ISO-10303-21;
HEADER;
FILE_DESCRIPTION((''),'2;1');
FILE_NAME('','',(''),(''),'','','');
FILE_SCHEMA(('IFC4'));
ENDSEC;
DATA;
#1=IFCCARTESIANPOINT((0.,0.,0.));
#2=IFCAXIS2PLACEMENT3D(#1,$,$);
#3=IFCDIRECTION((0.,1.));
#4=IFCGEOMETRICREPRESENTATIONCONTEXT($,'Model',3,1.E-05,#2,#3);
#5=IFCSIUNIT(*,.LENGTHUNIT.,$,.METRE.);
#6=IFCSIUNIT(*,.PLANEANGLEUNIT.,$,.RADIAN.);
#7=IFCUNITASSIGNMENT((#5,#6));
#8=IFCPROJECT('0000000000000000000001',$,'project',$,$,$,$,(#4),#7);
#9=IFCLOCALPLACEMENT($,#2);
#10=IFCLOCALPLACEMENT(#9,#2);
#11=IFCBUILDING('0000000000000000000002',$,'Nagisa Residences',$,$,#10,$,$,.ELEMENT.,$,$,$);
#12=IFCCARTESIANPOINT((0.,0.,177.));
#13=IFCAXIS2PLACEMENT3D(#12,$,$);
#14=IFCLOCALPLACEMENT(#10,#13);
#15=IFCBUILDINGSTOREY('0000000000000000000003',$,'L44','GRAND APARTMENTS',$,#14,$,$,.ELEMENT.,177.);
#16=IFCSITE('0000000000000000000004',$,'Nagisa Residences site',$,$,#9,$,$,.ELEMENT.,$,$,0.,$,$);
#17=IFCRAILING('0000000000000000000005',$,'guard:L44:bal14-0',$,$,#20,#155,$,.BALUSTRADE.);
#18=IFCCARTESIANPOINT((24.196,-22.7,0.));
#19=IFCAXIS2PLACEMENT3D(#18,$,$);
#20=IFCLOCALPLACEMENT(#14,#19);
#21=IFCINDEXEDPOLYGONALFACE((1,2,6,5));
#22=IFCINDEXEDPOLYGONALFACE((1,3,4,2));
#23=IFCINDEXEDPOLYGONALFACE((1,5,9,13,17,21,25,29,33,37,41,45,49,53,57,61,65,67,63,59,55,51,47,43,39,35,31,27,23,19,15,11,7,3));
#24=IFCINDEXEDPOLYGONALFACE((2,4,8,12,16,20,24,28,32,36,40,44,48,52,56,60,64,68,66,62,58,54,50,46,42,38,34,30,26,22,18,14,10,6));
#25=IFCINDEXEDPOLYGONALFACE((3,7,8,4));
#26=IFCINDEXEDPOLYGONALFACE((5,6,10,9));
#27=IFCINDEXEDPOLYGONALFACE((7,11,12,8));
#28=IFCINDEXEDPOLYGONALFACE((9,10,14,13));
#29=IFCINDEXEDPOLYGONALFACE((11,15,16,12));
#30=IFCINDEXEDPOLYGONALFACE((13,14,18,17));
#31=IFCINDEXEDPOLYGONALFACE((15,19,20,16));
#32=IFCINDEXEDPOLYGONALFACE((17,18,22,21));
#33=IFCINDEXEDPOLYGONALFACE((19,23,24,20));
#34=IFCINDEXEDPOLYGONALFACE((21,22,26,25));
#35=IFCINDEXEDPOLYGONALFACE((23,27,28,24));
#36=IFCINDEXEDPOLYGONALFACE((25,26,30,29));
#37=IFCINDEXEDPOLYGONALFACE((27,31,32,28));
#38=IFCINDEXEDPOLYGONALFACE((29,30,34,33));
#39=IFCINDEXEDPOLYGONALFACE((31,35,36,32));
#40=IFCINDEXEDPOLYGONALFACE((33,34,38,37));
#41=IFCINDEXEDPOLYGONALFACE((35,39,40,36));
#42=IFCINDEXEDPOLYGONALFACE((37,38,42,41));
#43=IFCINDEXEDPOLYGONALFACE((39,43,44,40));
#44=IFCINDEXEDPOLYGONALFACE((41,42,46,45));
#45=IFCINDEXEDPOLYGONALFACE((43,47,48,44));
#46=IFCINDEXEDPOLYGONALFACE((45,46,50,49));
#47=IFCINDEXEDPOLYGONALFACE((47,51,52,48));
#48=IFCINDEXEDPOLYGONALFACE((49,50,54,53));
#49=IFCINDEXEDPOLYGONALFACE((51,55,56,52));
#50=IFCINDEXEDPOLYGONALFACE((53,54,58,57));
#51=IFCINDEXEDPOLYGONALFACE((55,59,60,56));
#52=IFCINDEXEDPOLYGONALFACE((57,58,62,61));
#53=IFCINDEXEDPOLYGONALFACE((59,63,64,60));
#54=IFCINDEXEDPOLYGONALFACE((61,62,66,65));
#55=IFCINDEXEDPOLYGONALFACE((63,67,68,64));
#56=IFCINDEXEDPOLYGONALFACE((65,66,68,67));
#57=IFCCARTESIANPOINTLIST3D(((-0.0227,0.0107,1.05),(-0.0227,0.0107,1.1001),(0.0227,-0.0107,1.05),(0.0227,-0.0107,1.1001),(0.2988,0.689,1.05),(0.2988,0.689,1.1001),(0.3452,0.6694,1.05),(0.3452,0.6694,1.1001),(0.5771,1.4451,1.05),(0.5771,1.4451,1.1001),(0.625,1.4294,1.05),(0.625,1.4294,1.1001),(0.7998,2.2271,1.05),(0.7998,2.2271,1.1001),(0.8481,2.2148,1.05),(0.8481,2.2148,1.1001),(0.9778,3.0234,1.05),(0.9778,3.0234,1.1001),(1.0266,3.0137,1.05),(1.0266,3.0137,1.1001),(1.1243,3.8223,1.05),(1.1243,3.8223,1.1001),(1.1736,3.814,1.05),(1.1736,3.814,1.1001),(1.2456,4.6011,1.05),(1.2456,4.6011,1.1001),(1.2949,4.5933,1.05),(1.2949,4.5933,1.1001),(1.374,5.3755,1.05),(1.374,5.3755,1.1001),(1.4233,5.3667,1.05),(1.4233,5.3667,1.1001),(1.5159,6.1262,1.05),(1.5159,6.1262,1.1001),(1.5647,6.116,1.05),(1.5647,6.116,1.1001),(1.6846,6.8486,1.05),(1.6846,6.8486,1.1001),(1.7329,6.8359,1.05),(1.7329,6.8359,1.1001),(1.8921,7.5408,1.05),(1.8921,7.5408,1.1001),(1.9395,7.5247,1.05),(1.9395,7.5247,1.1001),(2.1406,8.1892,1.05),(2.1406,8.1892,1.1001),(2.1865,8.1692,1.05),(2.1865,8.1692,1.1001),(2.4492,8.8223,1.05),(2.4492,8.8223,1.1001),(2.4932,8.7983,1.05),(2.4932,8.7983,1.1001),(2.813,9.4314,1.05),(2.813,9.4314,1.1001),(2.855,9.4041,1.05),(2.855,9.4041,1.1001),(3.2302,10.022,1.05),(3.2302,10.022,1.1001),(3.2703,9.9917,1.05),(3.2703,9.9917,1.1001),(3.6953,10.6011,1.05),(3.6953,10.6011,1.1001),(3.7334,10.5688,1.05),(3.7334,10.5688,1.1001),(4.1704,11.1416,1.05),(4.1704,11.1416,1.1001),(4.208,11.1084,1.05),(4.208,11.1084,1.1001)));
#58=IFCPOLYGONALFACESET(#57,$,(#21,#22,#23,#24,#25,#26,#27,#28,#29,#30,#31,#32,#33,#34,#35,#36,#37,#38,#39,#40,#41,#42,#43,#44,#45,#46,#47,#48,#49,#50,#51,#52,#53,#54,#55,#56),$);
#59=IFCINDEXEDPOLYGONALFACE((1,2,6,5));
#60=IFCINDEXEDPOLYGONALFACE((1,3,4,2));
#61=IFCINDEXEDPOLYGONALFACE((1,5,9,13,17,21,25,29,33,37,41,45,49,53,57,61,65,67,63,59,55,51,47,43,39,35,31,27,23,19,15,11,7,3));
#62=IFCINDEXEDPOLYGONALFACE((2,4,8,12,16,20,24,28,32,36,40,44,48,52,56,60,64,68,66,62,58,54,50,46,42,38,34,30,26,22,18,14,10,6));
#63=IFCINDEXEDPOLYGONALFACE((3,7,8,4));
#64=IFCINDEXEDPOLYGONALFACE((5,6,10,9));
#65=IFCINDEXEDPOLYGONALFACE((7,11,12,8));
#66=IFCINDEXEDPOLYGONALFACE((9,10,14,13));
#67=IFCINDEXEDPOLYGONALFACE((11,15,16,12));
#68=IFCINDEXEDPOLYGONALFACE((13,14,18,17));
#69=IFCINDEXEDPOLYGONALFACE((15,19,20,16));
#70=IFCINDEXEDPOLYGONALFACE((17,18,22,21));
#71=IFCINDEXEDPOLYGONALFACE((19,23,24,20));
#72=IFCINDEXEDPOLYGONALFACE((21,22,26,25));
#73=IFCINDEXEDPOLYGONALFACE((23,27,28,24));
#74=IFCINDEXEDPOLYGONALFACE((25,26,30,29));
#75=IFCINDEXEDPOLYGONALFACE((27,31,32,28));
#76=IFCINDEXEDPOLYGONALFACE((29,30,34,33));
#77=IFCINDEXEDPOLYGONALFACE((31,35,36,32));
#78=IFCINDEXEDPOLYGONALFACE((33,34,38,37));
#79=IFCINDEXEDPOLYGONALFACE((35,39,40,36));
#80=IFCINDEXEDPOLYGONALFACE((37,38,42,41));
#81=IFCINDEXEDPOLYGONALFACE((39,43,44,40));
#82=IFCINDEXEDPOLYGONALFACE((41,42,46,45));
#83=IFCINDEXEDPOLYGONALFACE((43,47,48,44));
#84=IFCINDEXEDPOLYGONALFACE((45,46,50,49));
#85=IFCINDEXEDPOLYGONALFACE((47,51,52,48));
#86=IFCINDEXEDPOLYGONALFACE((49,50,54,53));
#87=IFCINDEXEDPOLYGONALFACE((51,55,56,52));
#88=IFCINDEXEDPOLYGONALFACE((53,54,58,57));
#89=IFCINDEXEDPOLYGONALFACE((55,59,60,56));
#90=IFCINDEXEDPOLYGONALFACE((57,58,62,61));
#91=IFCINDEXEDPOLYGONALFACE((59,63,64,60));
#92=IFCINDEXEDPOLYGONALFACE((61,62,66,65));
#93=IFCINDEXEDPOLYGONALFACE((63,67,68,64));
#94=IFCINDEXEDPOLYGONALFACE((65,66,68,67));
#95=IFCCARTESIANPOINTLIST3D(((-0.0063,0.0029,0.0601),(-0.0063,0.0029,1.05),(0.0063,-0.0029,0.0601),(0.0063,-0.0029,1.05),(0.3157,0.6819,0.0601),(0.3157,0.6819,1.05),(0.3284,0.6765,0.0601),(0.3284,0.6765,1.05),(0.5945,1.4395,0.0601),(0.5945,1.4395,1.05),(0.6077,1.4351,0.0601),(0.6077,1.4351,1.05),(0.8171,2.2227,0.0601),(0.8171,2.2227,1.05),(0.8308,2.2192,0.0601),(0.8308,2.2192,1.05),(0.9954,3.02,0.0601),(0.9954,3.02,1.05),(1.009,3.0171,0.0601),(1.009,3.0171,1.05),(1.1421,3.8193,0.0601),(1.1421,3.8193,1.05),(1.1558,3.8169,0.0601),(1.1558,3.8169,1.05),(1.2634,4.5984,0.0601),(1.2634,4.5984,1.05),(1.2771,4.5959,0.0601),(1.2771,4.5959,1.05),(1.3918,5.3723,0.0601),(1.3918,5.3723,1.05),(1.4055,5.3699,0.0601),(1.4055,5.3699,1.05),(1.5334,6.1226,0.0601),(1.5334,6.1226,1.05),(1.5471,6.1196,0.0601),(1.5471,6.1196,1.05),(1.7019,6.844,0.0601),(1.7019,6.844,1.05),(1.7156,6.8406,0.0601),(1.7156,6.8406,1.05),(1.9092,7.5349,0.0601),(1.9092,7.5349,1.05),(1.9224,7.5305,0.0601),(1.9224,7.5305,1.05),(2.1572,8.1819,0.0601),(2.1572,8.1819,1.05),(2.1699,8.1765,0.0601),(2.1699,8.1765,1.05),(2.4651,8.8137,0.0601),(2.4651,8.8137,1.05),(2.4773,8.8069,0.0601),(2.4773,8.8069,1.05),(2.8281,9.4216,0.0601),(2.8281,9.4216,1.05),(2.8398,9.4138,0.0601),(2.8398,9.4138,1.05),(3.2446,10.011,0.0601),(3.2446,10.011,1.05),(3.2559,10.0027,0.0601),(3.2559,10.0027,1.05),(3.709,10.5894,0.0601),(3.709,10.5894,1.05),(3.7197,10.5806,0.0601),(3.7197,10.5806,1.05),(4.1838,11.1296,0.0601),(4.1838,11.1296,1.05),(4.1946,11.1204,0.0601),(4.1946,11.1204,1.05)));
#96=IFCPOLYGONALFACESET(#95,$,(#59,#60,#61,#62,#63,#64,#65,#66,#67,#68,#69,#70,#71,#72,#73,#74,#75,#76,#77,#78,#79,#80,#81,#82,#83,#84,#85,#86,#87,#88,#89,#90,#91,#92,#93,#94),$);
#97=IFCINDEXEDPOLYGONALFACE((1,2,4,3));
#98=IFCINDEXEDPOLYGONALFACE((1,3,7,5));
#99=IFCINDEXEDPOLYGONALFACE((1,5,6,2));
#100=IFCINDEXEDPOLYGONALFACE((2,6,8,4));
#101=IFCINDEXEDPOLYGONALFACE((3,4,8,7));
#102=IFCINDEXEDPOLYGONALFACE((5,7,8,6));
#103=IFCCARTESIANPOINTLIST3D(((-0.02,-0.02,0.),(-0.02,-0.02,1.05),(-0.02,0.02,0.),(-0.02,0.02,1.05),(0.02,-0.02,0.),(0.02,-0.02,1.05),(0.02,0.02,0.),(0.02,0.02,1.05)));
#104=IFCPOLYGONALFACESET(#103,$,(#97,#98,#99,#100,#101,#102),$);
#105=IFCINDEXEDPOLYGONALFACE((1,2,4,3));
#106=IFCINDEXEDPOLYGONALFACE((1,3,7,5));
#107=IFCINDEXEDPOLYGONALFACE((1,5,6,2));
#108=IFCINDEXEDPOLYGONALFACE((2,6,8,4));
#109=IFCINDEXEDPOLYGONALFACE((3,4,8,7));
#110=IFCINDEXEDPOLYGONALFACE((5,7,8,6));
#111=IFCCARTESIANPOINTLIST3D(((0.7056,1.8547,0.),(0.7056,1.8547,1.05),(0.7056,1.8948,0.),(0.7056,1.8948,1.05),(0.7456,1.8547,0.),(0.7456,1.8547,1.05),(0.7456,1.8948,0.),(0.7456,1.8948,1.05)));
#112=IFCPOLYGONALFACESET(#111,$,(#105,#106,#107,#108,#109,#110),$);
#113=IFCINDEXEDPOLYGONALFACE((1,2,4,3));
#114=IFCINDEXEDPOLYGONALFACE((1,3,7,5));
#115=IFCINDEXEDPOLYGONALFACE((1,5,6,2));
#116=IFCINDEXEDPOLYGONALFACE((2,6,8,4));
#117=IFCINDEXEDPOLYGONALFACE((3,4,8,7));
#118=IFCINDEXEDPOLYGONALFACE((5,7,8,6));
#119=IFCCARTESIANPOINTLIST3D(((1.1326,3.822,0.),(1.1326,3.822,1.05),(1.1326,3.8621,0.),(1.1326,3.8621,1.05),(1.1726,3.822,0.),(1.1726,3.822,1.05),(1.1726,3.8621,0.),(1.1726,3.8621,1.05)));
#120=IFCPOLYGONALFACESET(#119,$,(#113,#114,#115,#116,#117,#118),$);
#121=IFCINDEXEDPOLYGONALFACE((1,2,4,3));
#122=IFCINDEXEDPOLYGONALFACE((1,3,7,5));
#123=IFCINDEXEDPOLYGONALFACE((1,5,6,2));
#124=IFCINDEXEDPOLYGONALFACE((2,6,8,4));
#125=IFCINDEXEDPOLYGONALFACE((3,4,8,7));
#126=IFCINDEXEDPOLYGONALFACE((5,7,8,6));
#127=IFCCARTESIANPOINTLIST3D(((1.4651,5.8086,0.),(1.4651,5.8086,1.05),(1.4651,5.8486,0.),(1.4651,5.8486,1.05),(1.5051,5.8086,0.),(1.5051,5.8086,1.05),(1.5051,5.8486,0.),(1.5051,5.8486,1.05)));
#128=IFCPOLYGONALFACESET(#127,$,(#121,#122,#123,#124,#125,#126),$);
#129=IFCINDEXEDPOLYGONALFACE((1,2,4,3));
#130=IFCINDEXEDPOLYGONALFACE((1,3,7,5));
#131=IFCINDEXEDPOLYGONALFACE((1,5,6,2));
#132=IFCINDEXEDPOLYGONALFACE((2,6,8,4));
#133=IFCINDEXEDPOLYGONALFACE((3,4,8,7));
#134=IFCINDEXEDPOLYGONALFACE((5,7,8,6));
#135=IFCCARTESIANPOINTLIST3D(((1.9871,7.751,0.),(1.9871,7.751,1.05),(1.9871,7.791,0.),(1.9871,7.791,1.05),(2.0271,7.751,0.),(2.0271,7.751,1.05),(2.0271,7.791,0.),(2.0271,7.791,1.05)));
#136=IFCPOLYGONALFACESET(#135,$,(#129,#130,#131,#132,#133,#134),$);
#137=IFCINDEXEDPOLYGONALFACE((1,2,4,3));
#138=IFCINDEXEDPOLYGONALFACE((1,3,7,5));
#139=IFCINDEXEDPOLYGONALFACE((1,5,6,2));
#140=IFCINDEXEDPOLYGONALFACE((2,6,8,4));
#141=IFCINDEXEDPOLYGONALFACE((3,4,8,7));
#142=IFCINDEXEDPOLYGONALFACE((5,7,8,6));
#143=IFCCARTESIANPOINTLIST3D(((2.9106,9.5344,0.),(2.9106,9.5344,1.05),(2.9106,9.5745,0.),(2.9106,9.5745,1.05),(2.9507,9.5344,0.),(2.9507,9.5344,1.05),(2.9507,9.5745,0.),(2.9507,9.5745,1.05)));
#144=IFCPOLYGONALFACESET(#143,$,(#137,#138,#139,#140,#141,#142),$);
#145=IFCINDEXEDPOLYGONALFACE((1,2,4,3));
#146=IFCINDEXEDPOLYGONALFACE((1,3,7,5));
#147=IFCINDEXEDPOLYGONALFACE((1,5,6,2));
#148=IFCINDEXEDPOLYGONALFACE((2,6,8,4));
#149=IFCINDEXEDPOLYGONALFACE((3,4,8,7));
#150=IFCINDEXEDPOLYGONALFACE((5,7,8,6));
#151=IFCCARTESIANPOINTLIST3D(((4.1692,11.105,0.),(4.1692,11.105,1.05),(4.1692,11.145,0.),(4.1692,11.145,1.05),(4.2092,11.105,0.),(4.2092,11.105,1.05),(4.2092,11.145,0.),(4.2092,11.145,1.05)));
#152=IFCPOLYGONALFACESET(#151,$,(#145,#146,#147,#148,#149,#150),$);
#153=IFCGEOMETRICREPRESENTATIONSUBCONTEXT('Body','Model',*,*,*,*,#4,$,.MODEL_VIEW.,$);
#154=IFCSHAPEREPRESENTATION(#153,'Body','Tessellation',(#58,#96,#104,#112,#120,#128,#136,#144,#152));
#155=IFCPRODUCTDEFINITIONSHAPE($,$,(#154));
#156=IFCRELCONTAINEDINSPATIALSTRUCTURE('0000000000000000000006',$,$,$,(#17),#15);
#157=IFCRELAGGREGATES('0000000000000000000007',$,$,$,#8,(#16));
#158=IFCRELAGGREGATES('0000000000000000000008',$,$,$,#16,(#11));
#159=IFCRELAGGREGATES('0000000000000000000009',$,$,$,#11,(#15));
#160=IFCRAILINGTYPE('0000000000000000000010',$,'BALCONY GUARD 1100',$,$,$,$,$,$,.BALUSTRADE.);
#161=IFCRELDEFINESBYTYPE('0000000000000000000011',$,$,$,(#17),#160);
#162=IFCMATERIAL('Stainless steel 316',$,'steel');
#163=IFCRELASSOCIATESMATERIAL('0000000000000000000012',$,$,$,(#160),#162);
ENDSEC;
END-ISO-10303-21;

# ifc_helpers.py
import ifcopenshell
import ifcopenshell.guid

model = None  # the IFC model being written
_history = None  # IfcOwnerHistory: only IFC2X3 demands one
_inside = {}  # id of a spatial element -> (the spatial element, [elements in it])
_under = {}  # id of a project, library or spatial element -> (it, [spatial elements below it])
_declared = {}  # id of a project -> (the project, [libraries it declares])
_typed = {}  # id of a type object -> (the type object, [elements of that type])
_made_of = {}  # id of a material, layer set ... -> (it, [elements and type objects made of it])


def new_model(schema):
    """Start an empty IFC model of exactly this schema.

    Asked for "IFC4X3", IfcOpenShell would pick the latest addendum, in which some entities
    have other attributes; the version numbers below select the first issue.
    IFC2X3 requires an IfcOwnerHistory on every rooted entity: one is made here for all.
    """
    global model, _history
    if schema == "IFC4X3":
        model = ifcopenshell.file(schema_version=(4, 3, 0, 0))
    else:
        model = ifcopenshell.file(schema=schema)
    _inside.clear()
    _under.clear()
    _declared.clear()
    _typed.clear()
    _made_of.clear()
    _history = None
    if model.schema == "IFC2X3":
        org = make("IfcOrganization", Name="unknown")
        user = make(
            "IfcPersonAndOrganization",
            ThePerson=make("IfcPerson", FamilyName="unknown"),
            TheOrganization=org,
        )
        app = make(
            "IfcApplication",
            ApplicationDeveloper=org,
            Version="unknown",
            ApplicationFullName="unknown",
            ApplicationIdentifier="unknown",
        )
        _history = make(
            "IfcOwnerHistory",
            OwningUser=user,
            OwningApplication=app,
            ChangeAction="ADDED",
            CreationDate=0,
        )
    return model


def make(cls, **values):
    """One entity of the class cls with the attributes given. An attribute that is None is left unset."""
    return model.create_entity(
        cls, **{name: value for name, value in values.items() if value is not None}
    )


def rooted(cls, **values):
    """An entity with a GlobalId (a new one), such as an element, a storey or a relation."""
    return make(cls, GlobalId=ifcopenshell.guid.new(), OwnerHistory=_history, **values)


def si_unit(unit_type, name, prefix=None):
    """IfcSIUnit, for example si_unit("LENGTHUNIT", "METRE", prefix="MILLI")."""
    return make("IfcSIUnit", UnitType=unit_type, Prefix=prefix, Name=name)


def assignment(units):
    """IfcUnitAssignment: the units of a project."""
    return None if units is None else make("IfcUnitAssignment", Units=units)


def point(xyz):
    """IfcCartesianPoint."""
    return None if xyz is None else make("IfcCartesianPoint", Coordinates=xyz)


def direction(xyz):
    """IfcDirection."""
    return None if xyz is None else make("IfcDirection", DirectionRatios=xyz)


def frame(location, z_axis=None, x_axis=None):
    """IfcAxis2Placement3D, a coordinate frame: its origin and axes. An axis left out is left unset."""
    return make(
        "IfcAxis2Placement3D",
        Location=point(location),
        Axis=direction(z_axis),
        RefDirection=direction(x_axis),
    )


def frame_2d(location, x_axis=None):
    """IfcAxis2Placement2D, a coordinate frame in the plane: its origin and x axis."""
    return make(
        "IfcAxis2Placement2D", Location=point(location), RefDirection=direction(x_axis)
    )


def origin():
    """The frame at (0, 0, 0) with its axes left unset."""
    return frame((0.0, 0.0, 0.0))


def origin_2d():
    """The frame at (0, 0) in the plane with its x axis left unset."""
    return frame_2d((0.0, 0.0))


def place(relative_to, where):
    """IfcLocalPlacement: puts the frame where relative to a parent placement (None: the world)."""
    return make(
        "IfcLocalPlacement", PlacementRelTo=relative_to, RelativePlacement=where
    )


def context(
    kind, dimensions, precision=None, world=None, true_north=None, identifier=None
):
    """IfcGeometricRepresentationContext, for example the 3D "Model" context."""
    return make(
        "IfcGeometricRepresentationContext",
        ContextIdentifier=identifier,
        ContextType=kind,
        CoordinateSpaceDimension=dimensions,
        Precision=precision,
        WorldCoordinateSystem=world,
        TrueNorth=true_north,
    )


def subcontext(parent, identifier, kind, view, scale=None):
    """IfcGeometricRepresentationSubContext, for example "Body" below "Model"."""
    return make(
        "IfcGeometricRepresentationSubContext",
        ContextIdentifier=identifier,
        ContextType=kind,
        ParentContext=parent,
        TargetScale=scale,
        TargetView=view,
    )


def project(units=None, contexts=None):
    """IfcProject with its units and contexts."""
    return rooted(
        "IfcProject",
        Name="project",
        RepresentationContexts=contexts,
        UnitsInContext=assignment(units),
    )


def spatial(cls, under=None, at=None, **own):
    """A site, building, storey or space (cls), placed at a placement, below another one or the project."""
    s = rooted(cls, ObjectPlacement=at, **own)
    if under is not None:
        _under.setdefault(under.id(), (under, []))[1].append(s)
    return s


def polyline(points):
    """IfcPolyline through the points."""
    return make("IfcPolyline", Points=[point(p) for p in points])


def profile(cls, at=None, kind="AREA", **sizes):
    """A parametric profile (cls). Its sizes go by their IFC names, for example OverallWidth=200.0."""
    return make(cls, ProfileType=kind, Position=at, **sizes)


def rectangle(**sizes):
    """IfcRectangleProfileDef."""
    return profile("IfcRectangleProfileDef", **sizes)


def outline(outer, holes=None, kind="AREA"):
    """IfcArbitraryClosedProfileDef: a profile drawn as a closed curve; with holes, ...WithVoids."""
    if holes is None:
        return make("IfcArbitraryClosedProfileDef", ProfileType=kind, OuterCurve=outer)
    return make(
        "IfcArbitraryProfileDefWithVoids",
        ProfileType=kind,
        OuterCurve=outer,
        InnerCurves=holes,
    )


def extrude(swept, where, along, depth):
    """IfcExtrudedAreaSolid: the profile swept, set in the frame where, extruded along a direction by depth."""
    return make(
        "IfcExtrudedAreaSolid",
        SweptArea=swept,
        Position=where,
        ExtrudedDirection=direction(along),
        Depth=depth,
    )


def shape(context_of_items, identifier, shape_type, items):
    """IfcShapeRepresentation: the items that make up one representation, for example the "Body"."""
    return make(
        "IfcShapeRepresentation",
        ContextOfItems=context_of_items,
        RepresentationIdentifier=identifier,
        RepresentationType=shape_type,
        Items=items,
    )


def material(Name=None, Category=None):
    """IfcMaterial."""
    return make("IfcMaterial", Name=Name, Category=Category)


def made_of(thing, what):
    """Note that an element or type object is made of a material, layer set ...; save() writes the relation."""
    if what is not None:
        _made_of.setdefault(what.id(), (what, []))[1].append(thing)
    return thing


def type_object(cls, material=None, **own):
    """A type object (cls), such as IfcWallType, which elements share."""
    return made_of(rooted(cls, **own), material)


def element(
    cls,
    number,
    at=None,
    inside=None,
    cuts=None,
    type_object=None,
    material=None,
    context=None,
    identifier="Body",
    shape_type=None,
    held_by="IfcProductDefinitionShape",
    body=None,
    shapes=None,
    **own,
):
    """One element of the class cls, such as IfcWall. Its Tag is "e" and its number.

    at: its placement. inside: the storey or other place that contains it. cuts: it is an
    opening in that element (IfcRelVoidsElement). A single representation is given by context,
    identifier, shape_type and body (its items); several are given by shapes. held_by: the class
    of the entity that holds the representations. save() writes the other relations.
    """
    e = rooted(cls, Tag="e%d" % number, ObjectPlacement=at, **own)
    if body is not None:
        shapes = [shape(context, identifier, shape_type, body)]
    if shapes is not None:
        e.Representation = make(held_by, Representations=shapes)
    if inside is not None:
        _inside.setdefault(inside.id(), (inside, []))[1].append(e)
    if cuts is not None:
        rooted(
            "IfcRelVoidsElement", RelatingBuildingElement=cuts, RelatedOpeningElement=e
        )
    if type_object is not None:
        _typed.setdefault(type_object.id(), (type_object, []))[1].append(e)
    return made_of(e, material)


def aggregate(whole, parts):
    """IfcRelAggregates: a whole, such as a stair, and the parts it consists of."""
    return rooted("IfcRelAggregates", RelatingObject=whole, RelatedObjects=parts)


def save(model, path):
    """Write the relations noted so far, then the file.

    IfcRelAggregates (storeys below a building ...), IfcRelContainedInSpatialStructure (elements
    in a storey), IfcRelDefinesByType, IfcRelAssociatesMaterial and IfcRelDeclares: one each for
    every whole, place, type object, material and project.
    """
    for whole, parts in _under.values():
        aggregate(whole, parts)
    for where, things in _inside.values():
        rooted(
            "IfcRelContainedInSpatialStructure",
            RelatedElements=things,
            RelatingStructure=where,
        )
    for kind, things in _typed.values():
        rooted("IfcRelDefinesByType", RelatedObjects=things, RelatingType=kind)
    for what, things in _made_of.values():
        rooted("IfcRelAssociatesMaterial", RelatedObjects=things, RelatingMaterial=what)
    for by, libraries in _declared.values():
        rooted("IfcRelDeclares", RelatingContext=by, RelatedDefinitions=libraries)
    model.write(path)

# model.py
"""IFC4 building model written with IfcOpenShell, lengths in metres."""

from ifc_helpers import new_model, si_unit, direction, frame, origin, origin_2d, place, context, subcontext, project, spatial, polyline, rectangle, outline, extrude, material, type_object, element, save


model = new_model("IFC4")

# Units and contexts
model_context = context("Model", 3, precision=1e-05, world=origin(), true_north=direction((0.0, 1.0)))
body_context = subcontext(model_context, "Body", "Model", "MODEL_VIEW")
ifc_project = project(units=[si_unit("LENGTHUNIT", "METRE"), si_unit("PLANEANGLEUNIT", "RADIAN")], contexts=[model_context])

# Site, building, storey
site_placement = place(None, origin())
site = spatial("IfcSite", under=ifc_project, at=site_placement, Name="Nagisa Residences site", CompositionType="ELEMENT", RefElevation=0.0)
building_placement = place(site_placement, origin())
building = spatial("IfcBuilding", under=site, at=building_placement, Name="Nagisa Residences", CompositionType="ELEMENT")
storey_placement = place(building_placement, frame((0.0, 0.0, 177.0)))
storey = spatial("IfcBuildingStorey", under=building, at=storey_placement, Name="L44", Description="GRAND APARTMENTS", CompositionType="ELEMENT", Elevation=177.0)

# Railing
ifc_material_1 = material(Name="Stainless steel 316", Category="steel")
railing_type = type_object("IfcRailingType", Name="BALCONY GUARD 1100", PredefinedType="BALUSTRADE", material=ifc_material_1)
railing_1_placement = place(storey_placement, frame((24.196, -22.7, 0.0)))
element("IfcRailing", 1, at=railing_1_placement, inside=storey, type_object=railing_type, Name="guard:L44:bal14-0", PredefinedType="BALUSTRADE", context=body_context, shape_type="SweptSolid", body=[
    extrude(outline(polyline([(0.2988, 0.689), (-0.0227, 0.0107), (0.0227, -0.0107), (0.3452, 0.6694), (0.625, 1.4294), (0.8481, 2.2148), (1.0266, 3.0137), (1.1736, 3.814), (1.2949, 4.5933), (1.4233, 5.3667), (1.5647, 6.116), (1.7329, 6.8359), (1.9395, 7.5247), (2.1865, 8.1692), (2.4932, 8.7983), (2.855, 9.4041), (3.2703, 9.9917), (3.7334, 10.5688), (4.208, 11.1084), (4.1704, 11.1416), (3.6953, 10.6011), (3.2302, 10.022), (2.813, 9.4314), (2.4492, 8.8223), (2.1406, 8.1892), (1.8921, 7.5408), (1.6846, 6.8486), (1.5159, 6.1262), (1.374, 5.3755), (1.2456, 4.6011), (1.1243, 3.8223), (0.9778, 3.0234), (0.7998, 2.2271), (0.5771, 1.4451), (0.2988, 0.689)])), frame((0.0, 0.0, 1.05)), (0.0, 0.0, 1.0), 0.05),
    extrude(outline(polyline([(0.3157, 0.6819), (-0.0063, 0.0029), (0.0063, -0.0029), (0.3284, 0.6765), (0.6077, 1.4351), (0.8308, 2.2192), (1.009, 3.0171), (1.1558, 3.8169), (1.2771, 4.5959), (1.4055, 5.3699), (1.5471, 6.1196), (1.7156, 6.8406), (1.9224, 7.5305), (2.1699, 8.1765), (2.4773, 8.8069), (2.8398, 9.4138), (3.2559, 10.0027), (3.7197, 10.5806), (4.1946, 11.1204), (4.1838, 11.1296), (3.709, 10.5894), (3.2446, 10.011), (2.8281, 9.4216), (2.4651, 8.8137), (2.1572, 8.1819), (1.9092, 7.5349), (1.7019, 6.844), (1.5334, 6.1226), (1.3918, 5.3723), (1.2634, 4.5984), (1.1421, 3.8193), (0.9954, 3.02), (0.8171, 2.2227), (0.5945, 1.4395), (0.3157, 0.6819)])), frame((0.0, 0.0, 0.0601)), (0.0, 0.0, 1.0), 0.99),
    extrude(rectangle(XDim=0.04, YDim=0.04, at=origin_2d()), origin(), (0.0, 0.0, 1.0), 1.05),
    extrude(rectangle(XDim=0.04, YDim=0.04, at=origin_2d()), frame((0.7256, 1.8748, 0.0)), (0.0, 0.0, 1.0), 1.05),
    extrude(rectangle(XDim=0.04, YDim=0.04, at=origin_2d()), frame((1.1526, 3.842, 0.0)), (0.0, 0.0, 1.0), 1.05),
    extrude(rectangle(XDim=0.04, YDim=0.04, at=origin_2d()), frame((1.4851, 5.8286, 0.0)), (0.0, 0.0, 1.0), 1.05),
    extrude(rectangle(XDim=0.04, YDim=0.04, at=origin_2d()), frame((2.0071, 7.771, 0.0)), (0.0, 0.0, 1.0), 1.05),
    extrude(rectangle(XDim=0.04, YDim=0.04, at=origin_2d()), frame((2.9307, 9.5544, 0.0)), (0.0, 0.0, 1.0), 1.05),
    extrude(rectangle(XDim=0.04, YDim=0.04, at=origin_2d()), frame((4.1892, 11.125, 0.0)), (0.0, 0.0, 1.0), 1.05),
])

save(model, "model.ifc")
